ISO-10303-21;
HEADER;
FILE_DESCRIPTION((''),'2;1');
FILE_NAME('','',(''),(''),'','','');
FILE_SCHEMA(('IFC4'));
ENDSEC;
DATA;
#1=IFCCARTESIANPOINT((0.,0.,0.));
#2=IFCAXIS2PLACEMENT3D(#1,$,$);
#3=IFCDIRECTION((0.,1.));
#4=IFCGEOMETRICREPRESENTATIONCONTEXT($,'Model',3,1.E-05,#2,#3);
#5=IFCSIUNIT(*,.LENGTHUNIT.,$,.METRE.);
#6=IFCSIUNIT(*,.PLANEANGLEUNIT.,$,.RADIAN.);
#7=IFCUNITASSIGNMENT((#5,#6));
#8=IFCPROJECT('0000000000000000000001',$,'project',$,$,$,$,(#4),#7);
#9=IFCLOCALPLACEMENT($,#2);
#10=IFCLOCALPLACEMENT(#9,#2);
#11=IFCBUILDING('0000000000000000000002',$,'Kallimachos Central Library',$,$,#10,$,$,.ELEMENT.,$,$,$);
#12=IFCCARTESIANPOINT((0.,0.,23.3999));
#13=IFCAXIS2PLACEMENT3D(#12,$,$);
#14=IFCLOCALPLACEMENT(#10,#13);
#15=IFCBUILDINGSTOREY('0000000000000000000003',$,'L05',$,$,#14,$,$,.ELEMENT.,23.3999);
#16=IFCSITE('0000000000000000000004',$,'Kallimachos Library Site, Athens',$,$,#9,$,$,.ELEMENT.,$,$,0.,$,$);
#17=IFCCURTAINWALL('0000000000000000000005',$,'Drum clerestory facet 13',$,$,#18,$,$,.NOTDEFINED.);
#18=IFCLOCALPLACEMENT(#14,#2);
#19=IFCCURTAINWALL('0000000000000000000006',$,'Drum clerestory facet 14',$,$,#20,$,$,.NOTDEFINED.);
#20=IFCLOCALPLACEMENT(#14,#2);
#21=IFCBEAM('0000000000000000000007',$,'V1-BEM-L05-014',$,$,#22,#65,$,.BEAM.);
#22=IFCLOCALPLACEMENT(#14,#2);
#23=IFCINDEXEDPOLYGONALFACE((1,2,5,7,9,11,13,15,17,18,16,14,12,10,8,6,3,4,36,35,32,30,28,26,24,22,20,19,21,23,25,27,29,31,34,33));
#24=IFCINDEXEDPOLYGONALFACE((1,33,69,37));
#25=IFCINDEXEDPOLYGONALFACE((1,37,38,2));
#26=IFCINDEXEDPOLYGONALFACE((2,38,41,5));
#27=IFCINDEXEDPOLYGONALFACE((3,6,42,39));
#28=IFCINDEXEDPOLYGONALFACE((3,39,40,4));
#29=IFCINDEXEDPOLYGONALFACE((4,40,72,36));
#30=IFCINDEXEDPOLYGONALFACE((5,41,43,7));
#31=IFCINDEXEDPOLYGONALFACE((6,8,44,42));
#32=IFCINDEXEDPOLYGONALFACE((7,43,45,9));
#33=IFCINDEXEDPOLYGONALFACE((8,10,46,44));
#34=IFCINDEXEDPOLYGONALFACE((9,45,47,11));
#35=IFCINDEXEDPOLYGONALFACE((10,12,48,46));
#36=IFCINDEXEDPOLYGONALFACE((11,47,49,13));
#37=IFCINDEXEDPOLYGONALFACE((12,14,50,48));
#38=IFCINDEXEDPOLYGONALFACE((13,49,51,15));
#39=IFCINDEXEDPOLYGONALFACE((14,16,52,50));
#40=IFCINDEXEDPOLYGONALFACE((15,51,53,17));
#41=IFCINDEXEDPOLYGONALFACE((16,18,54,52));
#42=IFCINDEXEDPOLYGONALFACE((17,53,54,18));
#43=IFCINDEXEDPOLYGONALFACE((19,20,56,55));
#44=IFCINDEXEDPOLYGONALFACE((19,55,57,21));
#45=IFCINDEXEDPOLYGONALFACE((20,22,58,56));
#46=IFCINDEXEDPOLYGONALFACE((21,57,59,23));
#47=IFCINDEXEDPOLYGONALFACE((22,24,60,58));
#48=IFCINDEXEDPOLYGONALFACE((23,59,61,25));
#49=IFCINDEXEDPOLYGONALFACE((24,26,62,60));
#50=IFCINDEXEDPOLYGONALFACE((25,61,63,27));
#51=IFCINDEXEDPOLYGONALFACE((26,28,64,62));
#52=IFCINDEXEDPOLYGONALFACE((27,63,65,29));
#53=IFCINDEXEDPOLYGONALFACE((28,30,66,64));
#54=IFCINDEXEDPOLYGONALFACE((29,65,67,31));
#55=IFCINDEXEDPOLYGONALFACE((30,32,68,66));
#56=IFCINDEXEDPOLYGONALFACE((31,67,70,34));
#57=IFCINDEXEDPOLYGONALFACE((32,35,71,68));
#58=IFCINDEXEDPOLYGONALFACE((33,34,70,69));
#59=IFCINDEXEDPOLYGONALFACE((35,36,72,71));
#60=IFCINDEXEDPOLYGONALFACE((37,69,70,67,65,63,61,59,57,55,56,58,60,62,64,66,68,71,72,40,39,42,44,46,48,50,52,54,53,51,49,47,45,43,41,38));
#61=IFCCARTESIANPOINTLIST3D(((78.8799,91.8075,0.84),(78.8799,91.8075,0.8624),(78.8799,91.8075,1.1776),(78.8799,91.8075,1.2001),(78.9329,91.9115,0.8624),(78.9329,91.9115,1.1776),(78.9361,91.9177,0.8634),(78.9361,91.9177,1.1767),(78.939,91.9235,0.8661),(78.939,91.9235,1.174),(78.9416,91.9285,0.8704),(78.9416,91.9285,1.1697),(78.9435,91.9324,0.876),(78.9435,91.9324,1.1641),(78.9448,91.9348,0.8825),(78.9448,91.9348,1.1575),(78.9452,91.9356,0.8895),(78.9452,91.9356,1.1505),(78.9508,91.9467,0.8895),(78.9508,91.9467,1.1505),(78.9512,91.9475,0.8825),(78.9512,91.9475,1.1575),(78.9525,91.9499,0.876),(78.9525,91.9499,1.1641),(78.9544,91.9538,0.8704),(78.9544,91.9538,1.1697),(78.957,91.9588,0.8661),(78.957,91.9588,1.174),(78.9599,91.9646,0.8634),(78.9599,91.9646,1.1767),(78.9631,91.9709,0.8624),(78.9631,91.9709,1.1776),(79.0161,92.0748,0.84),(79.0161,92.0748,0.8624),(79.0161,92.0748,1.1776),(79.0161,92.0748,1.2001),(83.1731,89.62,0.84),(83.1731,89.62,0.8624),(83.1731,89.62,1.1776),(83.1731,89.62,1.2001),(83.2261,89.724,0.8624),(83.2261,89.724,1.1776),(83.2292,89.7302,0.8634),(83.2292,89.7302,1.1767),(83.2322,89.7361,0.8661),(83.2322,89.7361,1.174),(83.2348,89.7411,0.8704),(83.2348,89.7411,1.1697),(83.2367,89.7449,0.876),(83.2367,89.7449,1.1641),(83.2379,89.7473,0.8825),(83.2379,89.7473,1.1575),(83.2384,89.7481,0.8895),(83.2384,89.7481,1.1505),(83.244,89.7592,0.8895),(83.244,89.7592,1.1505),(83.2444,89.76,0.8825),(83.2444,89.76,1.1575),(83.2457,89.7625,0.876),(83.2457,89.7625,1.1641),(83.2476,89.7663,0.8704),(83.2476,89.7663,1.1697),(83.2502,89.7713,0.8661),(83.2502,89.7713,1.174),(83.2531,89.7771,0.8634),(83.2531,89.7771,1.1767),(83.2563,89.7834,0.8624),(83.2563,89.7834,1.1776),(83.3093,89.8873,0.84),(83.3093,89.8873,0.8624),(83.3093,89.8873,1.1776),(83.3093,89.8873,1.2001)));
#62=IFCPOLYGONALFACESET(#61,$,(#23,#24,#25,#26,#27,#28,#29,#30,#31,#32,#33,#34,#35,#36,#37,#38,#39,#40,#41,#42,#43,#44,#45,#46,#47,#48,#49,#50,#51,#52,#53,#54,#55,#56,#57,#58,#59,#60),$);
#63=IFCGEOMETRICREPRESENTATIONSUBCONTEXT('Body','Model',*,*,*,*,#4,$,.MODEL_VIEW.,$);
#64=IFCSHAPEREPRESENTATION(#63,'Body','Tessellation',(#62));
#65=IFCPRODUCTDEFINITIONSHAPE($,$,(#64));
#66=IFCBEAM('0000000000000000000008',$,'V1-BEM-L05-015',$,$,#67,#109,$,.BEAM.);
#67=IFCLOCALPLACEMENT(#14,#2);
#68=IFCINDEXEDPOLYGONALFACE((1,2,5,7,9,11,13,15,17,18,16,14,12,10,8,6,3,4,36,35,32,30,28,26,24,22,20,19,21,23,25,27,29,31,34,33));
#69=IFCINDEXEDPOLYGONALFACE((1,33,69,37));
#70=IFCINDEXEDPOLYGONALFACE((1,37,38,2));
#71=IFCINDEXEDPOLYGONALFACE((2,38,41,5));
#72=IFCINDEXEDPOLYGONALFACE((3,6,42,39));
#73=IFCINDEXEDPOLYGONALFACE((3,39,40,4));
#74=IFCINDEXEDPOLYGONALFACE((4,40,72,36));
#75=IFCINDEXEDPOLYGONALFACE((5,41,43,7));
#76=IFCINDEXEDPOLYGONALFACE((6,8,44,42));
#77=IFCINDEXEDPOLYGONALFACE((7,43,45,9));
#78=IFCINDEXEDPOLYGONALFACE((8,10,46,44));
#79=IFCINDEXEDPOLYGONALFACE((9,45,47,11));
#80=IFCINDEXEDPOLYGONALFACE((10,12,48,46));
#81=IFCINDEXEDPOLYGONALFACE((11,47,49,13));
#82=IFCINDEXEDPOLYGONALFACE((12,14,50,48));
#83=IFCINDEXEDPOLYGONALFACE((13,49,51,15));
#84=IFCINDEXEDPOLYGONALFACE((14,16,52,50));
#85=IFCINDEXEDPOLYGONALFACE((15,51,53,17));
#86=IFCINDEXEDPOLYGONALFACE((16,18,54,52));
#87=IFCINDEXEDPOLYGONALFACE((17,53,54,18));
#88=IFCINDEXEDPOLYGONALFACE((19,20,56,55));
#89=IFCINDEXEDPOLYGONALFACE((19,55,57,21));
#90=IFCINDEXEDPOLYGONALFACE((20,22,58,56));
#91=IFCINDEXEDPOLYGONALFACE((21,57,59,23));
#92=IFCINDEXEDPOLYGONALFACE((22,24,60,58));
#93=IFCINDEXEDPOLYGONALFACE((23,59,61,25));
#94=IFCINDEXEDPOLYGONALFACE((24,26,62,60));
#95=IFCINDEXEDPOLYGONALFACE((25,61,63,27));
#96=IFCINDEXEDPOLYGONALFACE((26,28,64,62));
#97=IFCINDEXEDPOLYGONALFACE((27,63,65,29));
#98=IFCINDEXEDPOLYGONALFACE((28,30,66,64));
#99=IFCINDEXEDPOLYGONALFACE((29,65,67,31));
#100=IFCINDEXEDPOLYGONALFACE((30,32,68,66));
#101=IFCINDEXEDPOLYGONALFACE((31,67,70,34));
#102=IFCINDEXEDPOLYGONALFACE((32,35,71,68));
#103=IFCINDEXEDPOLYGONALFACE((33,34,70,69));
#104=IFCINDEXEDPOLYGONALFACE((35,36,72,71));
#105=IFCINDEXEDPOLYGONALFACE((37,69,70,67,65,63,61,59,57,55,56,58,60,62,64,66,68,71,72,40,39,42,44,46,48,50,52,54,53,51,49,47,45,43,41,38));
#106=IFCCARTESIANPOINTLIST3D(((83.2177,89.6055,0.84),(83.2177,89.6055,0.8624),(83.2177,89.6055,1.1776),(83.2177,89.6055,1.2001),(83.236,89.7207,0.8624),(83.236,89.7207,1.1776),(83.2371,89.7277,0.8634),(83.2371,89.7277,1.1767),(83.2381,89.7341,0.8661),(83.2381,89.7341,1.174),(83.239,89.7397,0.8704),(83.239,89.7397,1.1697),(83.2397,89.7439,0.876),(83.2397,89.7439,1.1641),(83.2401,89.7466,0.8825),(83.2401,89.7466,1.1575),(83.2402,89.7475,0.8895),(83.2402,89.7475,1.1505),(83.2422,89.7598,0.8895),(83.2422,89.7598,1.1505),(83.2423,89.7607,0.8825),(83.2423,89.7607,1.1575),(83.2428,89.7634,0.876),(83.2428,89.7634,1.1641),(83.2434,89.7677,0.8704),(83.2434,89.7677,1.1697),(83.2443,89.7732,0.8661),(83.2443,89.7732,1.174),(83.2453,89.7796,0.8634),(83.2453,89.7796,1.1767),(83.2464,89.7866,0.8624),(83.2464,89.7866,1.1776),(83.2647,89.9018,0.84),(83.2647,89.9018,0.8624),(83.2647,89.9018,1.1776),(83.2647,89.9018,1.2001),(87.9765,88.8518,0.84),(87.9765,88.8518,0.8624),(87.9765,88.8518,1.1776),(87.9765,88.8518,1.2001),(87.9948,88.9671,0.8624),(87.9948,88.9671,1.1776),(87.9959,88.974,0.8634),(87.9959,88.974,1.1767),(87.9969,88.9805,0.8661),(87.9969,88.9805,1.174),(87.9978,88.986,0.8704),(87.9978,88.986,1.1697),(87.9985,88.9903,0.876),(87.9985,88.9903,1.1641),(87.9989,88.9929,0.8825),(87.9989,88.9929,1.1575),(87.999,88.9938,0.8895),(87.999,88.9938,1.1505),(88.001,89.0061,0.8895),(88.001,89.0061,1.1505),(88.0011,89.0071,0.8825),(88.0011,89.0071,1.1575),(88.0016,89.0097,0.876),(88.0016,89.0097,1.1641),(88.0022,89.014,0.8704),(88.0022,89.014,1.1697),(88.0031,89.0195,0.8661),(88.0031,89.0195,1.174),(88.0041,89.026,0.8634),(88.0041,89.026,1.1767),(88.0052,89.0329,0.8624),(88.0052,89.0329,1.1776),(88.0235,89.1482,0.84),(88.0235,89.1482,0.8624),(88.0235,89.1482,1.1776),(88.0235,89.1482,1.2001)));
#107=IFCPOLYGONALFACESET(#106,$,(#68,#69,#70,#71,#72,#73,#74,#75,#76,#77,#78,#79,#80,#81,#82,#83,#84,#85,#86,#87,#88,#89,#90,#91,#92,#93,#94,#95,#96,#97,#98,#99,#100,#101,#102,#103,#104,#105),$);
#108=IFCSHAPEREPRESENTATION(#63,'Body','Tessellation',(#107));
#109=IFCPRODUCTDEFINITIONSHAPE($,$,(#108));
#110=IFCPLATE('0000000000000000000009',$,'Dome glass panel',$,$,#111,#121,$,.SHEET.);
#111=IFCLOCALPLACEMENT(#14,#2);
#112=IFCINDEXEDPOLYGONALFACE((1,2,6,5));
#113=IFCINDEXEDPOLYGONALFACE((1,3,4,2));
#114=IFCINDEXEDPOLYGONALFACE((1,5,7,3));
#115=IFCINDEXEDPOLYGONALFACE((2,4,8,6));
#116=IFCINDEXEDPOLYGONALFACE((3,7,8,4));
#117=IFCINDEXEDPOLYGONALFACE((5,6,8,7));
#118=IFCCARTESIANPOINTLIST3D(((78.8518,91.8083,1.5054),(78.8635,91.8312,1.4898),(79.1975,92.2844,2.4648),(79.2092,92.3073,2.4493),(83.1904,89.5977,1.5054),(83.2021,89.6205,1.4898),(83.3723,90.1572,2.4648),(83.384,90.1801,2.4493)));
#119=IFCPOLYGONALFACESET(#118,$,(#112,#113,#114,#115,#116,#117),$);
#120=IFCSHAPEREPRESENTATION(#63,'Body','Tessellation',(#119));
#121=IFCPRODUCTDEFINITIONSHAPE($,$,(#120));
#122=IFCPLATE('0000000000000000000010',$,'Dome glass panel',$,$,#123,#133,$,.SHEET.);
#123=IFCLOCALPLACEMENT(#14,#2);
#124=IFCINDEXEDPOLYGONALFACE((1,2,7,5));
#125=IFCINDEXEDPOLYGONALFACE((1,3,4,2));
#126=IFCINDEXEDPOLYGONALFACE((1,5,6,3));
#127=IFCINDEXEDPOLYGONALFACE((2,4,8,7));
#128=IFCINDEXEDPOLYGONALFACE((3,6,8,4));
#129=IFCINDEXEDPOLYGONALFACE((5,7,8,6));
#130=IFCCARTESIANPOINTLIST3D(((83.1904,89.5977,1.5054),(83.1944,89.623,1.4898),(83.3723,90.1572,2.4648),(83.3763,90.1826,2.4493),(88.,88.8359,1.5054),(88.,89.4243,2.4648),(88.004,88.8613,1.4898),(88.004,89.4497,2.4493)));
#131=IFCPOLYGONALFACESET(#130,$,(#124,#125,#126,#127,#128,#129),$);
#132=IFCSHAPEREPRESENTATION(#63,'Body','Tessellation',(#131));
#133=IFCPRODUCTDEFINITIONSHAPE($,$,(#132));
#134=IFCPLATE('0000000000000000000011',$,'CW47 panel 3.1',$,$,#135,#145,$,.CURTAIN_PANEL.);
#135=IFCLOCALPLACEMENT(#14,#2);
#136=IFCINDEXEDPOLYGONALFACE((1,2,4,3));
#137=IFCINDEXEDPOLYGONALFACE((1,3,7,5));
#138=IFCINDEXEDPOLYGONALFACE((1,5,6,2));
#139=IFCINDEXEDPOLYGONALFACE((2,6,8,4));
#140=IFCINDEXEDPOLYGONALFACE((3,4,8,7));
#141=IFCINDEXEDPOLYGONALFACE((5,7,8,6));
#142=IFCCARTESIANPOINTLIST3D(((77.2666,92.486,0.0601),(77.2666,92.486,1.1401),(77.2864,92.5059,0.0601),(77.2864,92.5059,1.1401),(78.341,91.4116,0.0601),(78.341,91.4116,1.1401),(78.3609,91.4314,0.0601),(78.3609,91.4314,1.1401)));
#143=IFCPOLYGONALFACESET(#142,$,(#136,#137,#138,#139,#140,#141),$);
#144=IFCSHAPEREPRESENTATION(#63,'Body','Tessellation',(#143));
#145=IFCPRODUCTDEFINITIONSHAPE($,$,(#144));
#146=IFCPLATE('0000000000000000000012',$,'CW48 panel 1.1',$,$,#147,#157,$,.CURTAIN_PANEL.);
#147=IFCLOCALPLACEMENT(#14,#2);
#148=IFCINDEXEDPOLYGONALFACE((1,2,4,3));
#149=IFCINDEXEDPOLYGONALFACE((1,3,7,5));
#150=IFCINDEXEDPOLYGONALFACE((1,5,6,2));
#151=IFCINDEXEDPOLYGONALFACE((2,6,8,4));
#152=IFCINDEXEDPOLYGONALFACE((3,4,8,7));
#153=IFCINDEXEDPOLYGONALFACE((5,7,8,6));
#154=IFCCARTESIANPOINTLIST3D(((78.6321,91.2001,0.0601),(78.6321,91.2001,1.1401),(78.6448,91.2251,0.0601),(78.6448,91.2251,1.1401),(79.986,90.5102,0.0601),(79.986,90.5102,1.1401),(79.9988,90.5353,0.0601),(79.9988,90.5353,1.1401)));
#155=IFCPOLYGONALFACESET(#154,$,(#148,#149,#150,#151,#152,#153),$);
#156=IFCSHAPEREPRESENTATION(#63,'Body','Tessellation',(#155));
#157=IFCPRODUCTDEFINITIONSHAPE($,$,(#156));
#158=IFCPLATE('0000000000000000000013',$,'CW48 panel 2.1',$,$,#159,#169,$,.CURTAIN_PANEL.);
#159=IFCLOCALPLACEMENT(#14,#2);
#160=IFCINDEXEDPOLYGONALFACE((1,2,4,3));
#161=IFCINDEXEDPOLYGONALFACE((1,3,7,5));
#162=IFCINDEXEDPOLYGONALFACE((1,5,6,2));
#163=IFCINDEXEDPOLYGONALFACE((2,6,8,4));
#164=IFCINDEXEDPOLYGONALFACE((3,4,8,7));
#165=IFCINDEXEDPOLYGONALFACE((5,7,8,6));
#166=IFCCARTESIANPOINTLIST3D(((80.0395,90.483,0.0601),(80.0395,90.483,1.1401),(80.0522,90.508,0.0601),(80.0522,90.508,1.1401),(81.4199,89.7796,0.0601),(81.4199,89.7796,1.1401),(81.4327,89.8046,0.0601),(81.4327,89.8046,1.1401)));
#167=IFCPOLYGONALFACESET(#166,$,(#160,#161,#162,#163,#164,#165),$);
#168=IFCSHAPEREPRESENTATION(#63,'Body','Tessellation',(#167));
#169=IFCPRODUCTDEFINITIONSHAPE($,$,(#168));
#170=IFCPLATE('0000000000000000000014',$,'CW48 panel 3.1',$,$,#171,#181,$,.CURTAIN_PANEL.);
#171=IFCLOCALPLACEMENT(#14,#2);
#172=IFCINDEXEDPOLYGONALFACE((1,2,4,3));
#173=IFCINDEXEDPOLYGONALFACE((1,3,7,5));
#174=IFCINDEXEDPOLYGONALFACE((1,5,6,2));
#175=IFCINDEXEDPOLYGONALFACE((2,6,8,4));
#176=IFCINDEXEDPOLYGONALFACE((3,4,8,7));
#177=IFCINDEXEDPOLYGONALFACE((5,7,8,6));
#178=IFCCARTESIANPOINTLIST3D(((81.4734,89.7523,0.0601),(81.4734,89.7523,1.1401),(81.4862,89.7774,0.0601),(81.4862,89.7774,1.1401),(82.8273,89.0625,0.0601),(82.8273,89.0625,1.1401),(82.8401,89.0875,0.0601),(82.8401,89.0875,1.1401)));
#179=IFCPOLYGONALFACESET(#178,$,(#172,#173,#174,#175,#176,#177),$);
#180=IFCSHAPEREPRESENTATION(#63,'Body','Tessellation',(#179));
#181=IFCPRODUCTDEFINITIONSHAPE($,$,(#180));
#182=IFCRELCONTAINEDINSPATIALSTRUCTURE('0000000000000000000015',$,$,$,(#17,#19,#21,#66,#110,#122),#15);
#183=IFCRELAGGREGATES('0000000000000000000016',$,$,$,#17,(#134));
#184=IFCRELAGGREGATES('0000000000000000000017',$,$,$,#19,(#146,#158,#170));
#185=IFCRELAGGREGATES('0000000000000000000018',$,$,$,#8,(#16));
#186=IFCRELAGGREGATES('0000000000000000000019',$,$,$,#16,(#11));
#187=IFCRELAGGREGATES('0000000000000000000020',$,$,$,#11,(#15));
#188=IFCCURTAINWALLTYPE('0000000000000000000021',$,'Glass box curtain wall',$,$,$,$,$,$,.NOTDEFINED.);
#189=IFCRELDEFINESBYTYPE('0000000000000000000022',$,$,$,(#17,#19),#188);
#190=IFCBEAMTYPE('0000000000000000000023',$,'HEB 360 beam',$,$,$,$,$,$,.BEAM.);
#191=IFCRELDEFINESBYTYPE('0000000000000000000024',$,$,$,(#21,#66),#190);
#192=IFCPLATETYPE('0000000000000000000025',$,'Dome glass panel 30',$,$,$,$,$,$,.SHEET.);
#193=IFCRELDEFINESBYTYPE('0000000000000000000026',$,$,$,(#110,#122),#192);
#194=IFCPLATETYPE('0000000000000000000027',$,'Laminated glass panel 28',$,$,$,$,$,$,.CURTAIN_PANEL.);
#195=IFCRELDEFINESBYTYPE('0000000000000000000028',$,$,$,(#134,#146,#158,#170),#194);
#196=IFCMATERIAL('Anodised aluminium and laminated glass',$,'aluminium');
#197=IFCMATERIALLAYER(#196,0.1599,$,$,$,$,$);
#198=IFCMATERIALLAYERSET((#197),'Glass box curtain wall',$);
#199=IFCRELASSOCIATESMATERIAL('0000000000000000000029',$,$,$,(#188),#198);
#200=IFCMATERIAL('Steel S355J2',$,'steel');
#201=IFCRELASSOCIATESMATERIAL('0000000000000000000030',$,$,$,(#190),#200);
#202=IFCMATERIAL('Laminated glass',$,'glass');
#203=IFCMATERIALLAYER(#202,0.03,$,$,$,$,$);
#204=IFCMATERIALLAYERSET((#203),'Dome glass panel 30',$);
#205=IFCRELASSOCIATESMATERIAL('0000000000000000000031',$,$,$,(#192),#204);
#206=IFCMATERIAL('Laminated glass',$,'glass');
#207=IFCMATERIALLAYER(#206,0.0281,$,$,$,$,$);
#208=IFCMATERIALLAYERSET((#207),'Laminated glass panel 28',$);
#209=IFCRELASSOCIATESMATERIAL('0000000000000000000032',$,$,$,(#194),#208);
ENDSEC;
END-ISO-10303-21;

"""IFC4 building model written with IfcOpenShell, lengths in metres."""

from ifc_helpers import new_model, si_unit, direction, frame, origin, origin_2d, place, context, subcontext, project, spatial, polyline, rectangle, i_section, outline, extrude, material, layer, layer_set, material_profile, profile_set, type_object, element, aggregate, save


model = new_model("IFC4")

# Units and contexts
model_context = context("Model", 3, precision=1e-05, world=origin(), true_north=direction((0.0, 1.0)))
body_context = subcontext(model_context, "Body", "Model", "MODEL_VIEW")
ifc_project = project(units=[si_unit("LENGTHUNIT", "METRE"), si_unit("PLANEANGLEUNIT", "RADIAN")], contexts=[model_context])

# Site, building, storey
site_placement = place(None, origin())
site = spatial("IfcSite", under=ifc_project, at=site_placement, Name="Kallimachos Library Site, Athens", CompositionType="ELEMENT", RefElevation=0.0)
building_placement = place(site_placement, origin())
building = spatial("IfcBuilding", under=site, at=building_placement, Name="Kallimachos Central Library", CompositionType="ELEMENT")
storey_placement = place(building_placement, frame((0.0, 0.0, 23.3999)))
storey = spatial("IfcBuildingStorey", under=building, at=storey_placement, Name="L05", CompositionType="ELEMENT", Elevation=23.3999)

# Curtain walls
ifc_material_1 = material(Name="Anodised aluminium and laminated glass", Category="aluminium")
ifc_layer_1 = layer(ifc_material_1, 0.1599)
ifc_layer_set_1 = layer_set([ifc_layer_1], Name="Glass box curtain wall")
curtain_wall_type = type_object("IfcCurtainWallType", Name="Glass box curtain wall", PredefinedType="NOTDEFINED", material=ifc_layer_set_1)
curtain_wall_1_placement = place(storey_placement, origin())
curtain_wall_1 = element("IfcCurtainWall", 1, at=curtain_wall_1_placement, inside=storey, type_object=curtain_wall_type, Name="Drum clerestory facet 13", PredefinedType="NOTDEFINED")
curtain_wall_2_placement = place(storey_placement, origin())
curtain_wall_2 = element("IfcCurtainWall", 2, at=curtain_wall_2_placement, inside=storey, type_object=curtain_wall_type, Name="Drum clerestory facet 14", PredefinedType="NOTDEFINED")

# Beams
ifc_material_2 = material(Name="Steel S355J2", Category="steel")
ifc_material_profile_1 = material_profile(ifc_material_2, i_section(OverallWidth=0.3, OverallDepth=0.3601, WebThickness=0.0125, FlangeThickness=0.0225, FilletRadius=0.0271, at=origin_2d()), Name="HEB 360")
ifc_profile_set_1 = profile_set([ifc_material_profile_1], Name="Steel S355J2")
beam_type = type_object("IfcBeamType", Name="HEB 360 beam", PredefinedType="BEAM", material=ifc_profile_set_1)
beam_1_placement = place(storey_placement, frame((78.948, 91.9412, 1.02), z_axis=(0.891007, -0.45399, 0.0), x_axis=(0.45399, 0.891007, 0.0)))
element("IfcBeam", 3, at=beam_1_placement, inside=storey, type_object=beam_type, Name="V1-BEM-L05-014", PredefinedType="BEAM", context=body_context, shape_type="SweptSolid", body=[
    extrude(i_section(OverallWidth=0.3, OverallDepth=0.3601, WebThickness=0.0125, FlangeThickness=0.0225, FilletRadius=0.0271, at=origin_2d()), origin(), (0.0, 0.0, 1.0), 4.8184),
])
beam_2_placement = place(storey_placement, frame((83.2412, 89.7537, 1.02), z_axis=(0.98769, -0.156423, 0.0), x_axis=(0.156423, 0.98769, 0.0)))
element("IfcBeam", 4, at=beam_2_placement, inside=storey, type_object=beam_type, Name="V1-BEM-L05-015", PredefinedType="BEAM", context=body_context, shape_type="SweptSolid", body=[
    extrude(i_section(OverallWidth=0.3, OverallDepth=0.3601, WebThickness=0.0125, FlangeThickness=0.0225, FilletRadius=0.0271, at=origin_2d()), origin(), (0.0, 0.0, 1.0), 4.8181),
])

# Plates
ifc_material_3 = material(Name="Laminated glass", Category="glass")
ifc_layer_2 = layer(ifc_material_3, 0.03)
ifc_layer_set_2 = layer_set([ifc_layer_2], Name="Dome glass panel 30")
plate_type_1 = type_object("IfcPlateType", Name="Dome glass panel 30", PredefinedType="SHEET", material=ifc_layer_set_2)
plate_1_placement = place(storey_placement, frame((79.1975, 92.2844, 2.4648), z_axis=(-0.388321, -0.762109, 0.51807), x_axis=(-0.307159, -0.422996, -0.852483)))
element("IfcPlate", 5, at=plate_1_placement, inside=storey, type_object=plate_type_1, Name="Dome glass panel", PredefinedType="SHEET", context=body_context, shape_type="SweptSolid", body=[
    extrude(outline(polyline([(0.0, 0.0), (1.1255, 0.0), (0.728, 4.8531), (-0.3825, 4.6699), (0.0, 0.0)])), origin(), (0.0, 0.0, -1.0), 0.03),
])
plate_2_placement = place(storey_placement, frame((83.3723, 90.1572, 2.4648), z_axis=(-0.133797, -0.844812, 0.518064), x_axis=(-0.161601, -0.497168, -0.852472)))
element("IfcPlate", 6, at=plate_2_placement, inside=storey, type_object=plate_type_1, Name="Dome glass panel", PredefinedType="SHEET", context=body_context, shape_type="SweptSolid", body=[
    extrude(outline(polyline([(0.0, 0.0), (1.1255, 0.0), (0.727, 4.8532), (-0.3835, 4.6696), (0.0, 0.0)])), origin(), (0.0, 0.0, -1.0), 0.03),
])

# Plates
ifc_material_4 = material(Name="Laminated glass", Category="glass")
ifc_layer_3 = layer(ifc_material_4, 0.0281)
ifc_layer_set_3 = layer_set([ifc_layer_3], Name="Laminated glass panel 28")
plate_type_2 = type_object("IfcPlateType", Name="Laminated glass panel 28", PredefinedType="CURTAIN_PANEL", material=ifc_layer_set_3)
plate_3_placement = place(storey_placement, frame((77.8137, 91.9587, 0.0601), z_axis=(0.0, 0.0, 1.0), x_axis=(0.707107, -0.707107, 0.0)))
plate_3 = element("IfcPlate", 7, at=plate_3_placement, type_object=plate_type_2, Name="CW47 panel 3.1", PredefinedType="CURTAIN_PANEL", context=body_context, shape_type="SweptSolid", body=[
    extrude(rectangle(XDim=1.5195, YDim=0.0281, at=origin_2d()), origin(), (0.0, 0.0, 1.0), 1.0801),
])
aggregate(curtain_wall_1, [plate_3])
plate_4_placement = place(storey_placement, frame((79.3154, 90.8677, 0.0601), z_axis=(0.0, 0.0, 1.0), x_axis=(0.891006, -0.453991, 0.0)))
plate_4 = element("IfcPlate", 8, at=plate_4_placement, type_object=plate_type_2, Name="CW48 panel 1.1", PredefinedType="CURTAIN_PANEL", context=body_context, shape_type="SweptSolid", body=[
    extrude(rectangle(XDim=1.5195, YDim=0.0281, at=origin_2d()), origin(), (0.0, 0.0, 1.0), 1.0801),
])
plate_5_placement = place(storey_placement, frame((80.7361, 90.1438, 0.0601), z_axis=(0.0, 0.0, 1.0), x_axis=(0.891006, -0.453991, 0.0)))
plate_5 = element("IfcPlate", 9, at=plate_5_placement, type_object=plate_type_2, Name="CW48 panel 2.1", PredefinedType="CURTAIN_PANEL", context=body_context, shape_type="SweptSolid", body=[
    extrude(rectangle(XDim=1.5493, YDim=0.0281, at=origin_2d()), origin(), (0.0, 0.0, 1.0), 1.0801),
])
plate_6_placement = place(storey_placement, frame((82.1567, 89.4199, 0.0601), z_axis=(0.0, 0.0, 1.0), x_axis=(0.891006, -0.453991, 0.0)))
plate_6 = element("IfcPlate", 10, at=plate_6_placement, type_object=plate_type_2, Name="CW48 panel 3.1", PredefinedType="CURTAIN_PANEL", context=body_context, shape_type="SweptSolid", body=[
    extrude(rectangle(XDim=1.5195, YDim=0.0281, at=origin_2d()), origin(), (0.0, 0.0, 1.0), 1.0801),
])
aggregate(curtain_wall_2, [plate_4, plate_5, plate_6])

save(model, "model.ifc")
